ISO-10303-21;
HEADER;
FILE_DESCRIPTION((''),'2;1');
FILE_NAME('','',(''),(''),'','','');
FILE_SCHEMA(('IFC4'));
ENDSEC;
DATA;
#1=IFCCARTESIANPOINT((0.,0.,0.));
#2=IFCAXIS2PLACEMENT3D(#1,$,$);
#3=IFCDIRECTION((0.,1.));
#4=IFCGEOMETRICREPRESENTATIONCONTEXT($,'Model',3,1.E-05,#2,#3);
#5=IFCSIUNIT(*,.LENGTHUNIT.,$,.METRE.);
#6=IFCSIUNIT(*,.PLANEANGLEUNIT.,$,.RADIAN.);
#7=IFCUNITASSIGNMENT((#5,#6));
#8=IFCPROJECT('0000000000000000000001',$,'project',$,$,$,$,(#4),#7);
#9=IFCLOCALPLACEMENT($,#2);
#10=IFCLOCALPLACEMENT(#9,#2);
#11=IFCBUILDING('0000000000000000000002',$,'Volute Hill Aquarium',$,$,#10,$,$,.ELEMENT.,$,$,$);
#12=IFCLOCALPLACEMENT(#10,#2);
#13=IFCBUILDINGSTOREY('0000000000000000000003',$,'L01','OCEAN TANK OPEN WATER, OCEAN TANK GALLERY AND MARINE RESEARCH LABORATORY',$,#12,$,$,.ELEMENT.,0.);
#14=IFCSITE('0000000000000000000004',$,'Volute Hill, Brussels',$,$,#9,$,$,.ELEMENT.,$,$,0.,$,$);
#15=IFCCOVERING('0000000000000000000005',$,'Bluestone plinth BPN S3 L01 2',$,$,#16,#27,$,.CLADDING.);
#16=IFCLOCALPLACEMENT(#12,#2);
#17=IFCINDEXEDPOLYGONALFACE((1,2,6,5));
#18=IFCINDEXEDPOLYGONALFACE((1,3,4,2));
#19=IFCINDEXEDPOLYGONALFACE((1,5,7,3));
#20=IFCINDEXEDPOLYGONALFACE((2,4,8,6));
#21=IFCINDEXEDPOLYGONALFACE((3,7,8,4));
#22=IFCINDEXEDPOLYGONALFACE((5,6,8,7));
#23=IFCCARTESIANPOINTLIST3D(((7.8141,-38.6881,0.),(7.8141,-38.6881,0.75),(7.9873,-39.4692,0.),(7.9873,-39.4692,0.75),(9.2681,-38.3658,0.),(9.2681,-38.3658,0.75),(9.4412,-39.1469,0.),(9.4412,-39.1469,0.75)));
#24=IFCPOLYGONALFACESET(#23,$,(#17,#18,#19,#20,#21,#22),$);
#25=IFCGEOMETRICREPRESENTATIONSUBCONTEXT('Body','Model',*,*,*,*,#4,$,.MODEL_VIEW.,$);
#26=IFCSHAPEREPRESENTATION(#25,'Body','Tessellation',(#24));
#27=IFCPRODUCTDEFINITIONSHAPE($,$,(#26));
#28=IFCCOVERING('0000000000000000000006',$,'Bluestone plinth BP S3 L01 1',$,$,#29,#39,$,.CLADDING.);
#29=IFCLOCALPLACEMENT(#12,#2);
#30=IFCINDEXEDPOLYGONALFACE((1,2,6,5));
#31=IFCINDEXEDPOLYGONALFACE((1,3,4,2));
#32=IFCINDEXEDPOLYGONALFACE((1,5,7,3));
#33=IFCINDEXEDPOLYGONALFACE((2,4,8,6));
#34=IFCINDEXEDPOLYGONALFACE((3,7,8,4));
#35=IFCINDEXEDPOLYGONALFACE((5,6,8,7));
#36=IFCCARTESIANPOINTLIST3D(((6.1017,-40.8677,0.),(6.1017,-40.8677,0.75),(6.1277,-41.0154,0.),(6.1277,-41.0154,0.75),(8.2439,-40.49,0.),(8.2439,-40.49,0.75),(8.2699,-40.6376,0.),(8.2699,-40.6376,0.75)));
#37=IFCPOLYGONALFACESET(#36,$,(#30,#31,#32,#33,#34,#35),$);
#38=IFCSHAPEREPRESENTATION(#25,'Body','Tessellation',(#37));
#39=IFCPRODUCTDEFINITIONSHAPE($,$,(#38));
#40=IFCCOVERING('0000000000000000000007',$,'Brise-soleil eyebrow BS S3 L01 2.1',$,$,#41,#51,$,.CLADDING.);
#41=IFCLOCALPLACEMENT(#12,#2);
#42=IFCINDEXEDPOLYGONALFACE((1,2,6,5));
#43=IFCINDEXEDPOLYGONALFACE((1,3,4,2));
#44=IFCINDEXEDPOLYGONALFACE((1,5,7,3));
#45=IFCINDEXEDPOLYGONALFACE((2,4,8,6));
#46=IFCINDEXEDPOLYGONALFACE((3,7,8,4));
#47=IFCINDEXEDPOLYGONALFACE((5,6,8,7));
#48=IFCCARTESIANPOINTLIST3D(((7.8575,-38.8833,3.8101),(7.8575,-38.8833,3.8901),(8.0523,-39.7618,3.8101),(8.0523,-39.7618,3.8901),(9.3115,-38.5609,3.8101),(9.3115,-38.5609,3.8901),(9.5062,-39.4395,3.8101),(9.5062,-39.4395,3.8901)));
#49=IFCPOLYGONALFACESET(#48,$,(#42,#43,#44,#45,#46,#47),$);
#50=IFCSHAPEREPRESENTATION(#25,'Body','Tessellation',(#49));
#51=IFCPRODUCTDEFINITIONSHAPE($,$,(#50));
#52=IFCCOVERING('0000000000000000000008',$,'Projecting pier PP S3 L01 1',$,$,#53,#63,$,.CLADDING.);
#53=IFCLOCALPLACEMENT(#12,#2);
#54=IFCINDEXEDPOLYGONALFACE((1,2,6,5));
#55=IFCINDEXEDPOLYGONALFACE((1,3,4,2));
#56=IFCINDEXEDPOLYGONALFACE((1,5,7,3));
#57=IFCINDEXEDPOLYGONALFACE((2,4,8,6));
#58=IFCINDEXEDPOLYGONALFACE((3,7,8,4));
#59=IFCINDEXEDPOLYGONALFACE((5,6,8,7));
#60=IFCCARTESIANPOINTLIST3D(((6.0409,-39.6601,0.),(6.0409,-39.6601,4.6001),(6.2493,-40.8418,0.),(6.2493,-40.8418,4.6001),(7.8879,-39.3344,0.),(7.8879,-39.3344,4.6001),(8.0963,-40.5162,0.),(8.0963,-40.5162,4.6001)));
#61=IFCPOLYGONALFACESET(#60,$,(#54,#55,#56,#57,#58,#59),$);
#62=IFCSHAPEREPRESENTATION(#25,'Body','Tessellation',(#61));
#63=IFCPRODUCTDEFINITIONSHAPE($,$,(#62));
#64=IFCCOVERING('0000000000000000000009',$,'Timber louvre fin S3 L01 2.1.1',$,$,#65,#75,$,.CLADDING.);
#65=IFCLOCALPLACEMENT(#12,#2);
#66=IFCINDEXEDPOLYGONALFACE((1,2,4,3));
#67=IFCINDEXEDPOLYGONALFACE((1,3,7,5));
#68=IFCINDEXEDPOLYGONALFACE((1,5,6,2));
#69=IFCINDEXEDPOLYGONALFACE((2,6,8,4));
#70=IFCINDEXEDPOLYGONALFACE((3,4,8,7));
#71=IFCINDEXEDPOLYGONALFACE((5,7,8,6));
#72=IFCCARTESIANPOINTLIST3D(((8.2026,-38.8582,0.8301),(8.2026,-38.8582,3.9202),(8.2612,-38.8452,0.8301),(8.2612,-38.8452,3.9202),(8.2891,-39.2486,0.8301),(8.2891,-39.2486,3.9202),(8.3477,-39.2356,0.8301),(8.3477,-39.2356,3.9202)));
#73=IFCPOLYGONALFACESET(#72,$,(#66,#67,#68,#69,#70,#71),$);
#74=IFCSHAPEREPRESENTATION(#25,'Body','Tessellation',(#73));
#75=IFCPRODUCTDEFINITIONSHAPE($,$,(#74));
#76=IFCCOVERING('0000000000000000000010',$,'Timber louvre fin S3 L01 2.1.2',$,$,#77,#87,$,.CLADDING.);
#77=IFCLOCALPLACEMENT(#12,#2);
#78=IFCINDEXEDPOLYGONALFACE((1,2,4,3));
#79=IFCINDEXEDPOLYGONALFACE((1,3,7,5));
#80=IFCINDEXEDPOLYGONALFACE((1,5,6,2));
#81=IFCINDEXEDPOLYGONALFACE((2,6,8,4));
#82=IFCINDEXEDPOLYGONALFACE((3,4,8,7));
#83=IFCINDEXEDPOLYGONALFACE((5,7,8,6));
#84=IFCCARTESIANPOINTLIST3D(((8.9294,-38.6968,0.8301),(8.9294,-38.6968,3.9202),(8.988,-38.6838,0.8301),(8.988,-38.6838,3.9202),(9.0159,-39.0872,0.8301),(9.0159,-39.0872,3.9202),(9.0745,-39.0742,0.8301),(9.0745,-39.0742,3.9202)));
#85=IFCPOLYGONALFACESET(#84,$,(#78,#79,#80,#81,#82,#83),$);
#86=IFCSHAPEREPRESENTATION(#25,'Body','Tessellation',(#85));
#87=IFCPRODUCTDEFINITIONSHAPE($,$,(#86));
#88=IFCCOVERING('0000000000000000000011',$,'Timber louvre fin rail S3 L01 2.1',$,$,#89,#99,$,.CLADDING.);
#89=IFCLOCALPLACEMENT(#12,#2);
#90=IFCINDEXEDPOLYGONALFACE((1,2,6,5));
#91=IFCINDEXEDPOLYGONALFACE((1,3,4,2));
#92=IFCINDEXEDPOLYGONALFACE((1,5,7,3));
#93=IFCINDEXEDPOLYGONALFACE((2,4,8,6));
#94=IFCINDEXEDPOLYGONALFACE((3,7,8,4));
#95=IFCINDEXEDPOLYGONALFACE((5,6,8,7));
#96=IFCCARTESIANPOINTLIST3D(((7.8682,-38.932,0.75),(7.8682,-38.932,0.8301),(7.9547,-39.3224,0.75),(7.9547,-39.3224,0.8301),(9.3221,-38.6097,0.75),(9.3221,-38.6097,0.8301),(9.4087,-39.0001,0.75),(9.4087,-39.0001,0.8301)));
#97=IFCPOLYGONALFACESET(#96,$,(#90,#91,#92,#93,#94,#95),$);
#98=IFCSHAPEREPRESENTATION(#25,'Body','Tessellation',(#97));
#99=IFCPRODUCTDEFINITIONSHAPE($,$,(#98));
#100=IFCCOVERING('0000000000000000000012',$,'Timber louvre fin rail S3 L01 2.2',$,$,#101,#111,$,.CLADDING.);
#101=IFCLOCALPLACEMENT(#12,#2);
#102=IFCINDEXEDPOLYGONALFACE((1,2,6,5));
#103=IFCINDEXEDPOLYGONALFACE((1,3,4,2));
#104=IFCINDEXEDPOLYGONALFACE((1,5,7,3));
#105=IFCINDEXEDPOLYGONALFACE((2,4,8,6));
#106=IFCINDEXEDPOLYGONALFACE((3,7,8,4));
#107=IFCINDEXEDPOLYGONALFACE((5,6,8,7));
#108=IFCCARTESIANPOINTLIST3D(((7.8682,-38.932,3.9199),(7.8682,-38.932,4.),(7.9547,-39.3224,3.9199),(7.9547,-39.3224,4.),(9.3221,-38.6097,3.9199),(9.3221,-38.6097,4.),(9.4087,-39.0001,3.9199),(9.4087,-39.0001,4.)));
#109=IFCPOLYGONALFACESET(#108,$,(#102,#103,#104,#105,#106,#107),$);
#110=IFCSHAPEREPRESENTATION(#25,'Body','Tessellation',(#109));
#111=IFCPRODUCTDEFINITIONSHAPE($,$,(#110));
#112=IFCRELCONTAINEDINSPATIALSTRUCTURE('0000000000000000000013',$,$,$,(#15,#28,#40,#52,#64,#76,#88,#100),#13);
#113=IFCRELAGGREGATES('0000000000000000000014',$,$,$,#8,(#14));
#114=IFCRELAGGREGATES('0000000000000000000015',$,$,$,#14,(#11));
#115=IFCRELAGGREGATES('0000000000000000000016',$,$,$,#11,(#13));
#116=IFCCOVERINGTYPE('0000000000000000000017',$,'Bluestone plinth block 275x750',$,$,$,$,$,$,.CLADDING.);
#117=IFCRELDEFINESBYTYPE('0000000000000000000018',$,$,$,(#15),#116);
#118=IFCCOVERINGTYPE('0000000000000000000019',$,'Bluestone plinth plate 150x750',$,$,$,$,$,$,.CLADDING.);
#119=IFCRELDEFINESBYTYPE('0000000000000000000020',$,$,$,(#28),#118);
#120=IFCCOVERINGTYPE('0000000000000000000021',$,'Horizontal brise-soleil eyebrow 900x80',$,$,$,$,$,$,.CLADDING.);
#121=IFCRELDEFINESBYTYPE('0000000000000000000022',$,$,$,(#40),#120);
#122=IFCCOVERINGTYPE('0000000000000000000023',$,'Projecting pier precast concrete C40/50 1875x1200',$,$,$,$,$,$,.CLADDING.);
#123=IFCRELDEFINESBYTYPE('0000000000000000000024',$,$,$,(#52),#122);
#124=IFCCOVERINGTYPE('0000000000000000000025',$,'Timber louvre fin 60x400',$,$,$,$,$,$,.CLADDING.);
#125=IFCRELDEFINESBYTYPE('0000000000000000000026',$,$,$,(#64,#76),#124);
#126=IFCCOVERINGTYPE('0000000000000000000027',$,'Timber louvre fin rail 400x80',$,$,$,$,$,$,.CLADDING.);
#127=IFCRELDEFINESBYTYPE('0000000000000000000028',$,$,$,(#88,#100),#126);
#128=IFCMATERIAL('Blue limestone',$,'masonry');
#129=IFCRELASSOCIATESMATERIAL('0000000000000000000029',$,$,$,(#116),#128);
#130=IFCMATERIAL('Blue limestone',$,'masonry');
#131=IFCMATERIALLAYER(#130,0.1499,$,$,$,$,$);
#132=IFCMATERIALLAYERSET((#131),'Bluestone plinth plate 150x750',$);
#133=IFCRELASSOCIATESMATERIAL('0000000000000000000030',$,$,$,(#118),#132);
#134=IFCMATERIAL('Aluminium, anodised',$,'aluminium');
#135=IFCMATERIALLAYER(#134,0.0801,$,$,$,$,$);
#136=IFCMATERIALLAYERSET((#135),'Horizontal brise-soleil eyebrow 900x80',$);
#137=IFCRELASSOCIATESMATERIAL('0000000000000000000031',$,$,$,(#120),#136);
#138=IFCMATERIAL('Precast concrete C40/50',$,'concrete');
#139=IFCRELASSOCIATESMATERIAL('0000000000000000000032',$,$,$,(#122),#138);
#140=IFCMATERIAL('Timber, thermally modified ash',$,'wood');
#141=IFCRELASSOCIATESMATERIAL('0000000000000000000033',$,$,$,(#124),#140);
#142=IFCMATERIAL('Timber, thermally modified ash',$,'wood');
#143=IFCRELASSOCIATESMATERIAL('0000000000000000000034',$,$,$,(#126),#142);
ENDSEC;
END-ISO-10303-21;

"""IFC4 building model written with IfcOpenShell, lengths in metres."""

from ifc_helpers import new_model, si_unit, direction, frame, origin, origin_2d, place, context, subcontext, project, spatial, rectangle, extrude, material, layer, layer_set, type_object, element, save


model = new_model("IFC4")

# Units and contexts
model_context = context("Model", 3, precision=1e-05, world=origin(), true_north=direction((0.0, 1.0)))
body_context = subcontext(model_context, "Body", "Model", "MODEL_VIEW")
ifc_project = project(units=[si_unit("LENGTHUNIT", "METRE"), si_unit("PLANEANGLEUNIT", "RADIAN")], contexts=[model_context])

# Site, building, storey
site_placement = place(None, origin())
site = spatial("IfcSite", under=ifc_project, at=site_placement, Name="Volute Hill, Brussels", CompositionType="ELEMENT", RefElevation=0.0)
building_placement = place(site_placement, origin())
building = spatial("IfcBuilding", under=site, at=building_placement, Name="Volute Hill Aquarium", CompositionType="ELEMENT")
storey_placement = place(building_placement, origin())
storey = spatial("IfcBuildingStorey", under=building, at=storey_placement, Name="L01", Description="OCEAN TANK OPEN WATER, OCEAN TANK GALLERY AND MARINE RESEARCH LABORATORY", CompositionType="ELEMENT", Elevation=0.0)

# Coverings
ifc_material_1 = material(Name="Blue limestone", Category="masonry")
covering_type_1 = type_object("IfcCoveringType", Name="Bluestone plinth block 275x750", PredefinedType="CLADDING", material=ifc_material_1)
covering_1_placement = place(storey_placement, frame((8.6277, -38.9175, 0.0), z_axis=(0.0, 0.0, 1.0), x_axis=(0.976297, 0.216435, 0.0)))
element("IfcCovering", 1, at=covering_1_placement, inside=storey, type_object=covering_type_1, Name="Bluestone plinth BPN S3 L01 2", PredefinedType="CLADDING", context=body_context, shape_type="SweptSolid", body=[
    extrude(rectangle(XDim=1.4893, YDim=0.8, at=origin_2d()), origin(), (0.0, 0.0, 1.0), 0.75),
])
ifc_material_2 = material(Name="Blue limestone", Category="masonry")
ifc_layer_1 = layer(ifc_material_2, 0.1499)
ifc_layer_set_1 = layer_set([ifc_layer_1], Name="Bluestone plinth plate 150x750")
covering_type_2 = type_object("IfcCoveringType", Name="Bluestone plinth plate 150x750", PredefinedType="CLADDING", material=ifc_layer_set_1)
covering_2_placement = place(storey_placement, frame((7.1858, -40.7527, 0.0), z_axis=(0.0, 0.0, 1.0), x_axis=(0.984808, 0.173648, 0.0)))
element("IfcCovering", 2, at=covering_2_placement, inside=storey, type_object=covering_type_2, Name="Bluestone plinth BP S3 L01 1", PredefinedType="CLADDING", context=body_context, shape_type="SweptSolid", body=[
    extrude(rectangle(XDim=2.1753, YDim=0.1499, at=origin_2d()), origin(), (0.0, 0.0, 1.0), 0.75),
])
ifc_material_3 = material(Name="Aluminium, anodised", Category="aluminium")
ifc_layer_2 = layer(ifc_material_3, 0.0801)
ifc_layer_set_2 = layer_set([ifc_layer_2], Name="Horizontal brise-soleil eyebrow 900x80")
covering_type_3 = type_object("IfcCoveringType", Name="Horizontal brise-soleil eyebrow 900x80", PredefinedType="CLADDING", material=ifc_layer_set_2)
covering_3_placement = place(storey_placement, frame((8.6819, -39.1614, 3.8101), z_axis=(0.0, 0.0, 1.0), x_axis=(0.976297, 0.216435, 0.0)))
element("IfcCovering", 3, at=covering_3_placement, inside=storey, type_object=covering_type_3, Name="Brise-soleil eyebrow BS S3 L01 2.1", PredefinedType="CLADDING", context=body_context, shape_type="SweptSolid", body=[
    extrude(rectangle(XDim=1.4893, YDim=0.8999, at=origin_2d()), origin(), (0.0, 0.0, 1.0), 0.0801),
])
ifc_material_4 = material(Name="Precast concrete C40/50", Category="concrete")
covering_type_4 = type_object("IfcCoveringType", Name="Projecting pier precast concrete C40/50 1875x1200", PredefinedType="CLADDING", material=ifc_material_4)
covering_4_placement = place(storey_placement, frame((7.0686, -40.0881, 0.0), z_axis=(0.0, 0.0, 1.0), x_axis=(0.984808, 0.173648, 0.0)))
element("IfcCovering", 4, at=covering_4_placement, inside=storey, type_object=covering_type_4, Name="Projecting pier PP S3 L01 1", PredefinedType="CLADDING", context=body_context, shape_type="SweptSolid", body=[
    extrude(rectangle(XDim=1.8755, YDim=1.2, at=origin_2d()), origin(), (0.0, 0.0, 1.0), 4.6001),
])
ifc_material_5 = material(Name="Timber, thermally modified ash", Category="wood")
covering_type_5 = type_object("IfcCoveringType", Name="Timber louvre fin 60x400", PredefinedType="CLADDING", material=ifc_material_5)
for number, where, z_axis, x_axis, name in (
    (5, (8.2751, -39.0469, 0.8301), (0.0, 0.0, 1.0), (0.976297, 0.216435, 0.0), "Timber louvre fin S3 L01 2.1.1"),
    (6, (9.002, -38.8855, 0.8301), (0.0, 0.0, 1.0), (0.976297, 0.216435, 0.0), "Timber louvre fin S3 L01 2.1.2"),
):
    element("IfcCovering", number, at=place(storey_placement, frame(where, z_axis=z_axis, x_axis=x_axis)), inside=storey, type_object=covering_type_5, Name=name, PredefinedType="CLADDING", context=body_context, shape_type="SweptSolid", body=[
        extrude(rectangle(XDim=0.0601, YDim=0.3999, at=origin_2d()), origin(), (0.0, 0.0, 1.0), 3.0901),
    ])
ifc_material_6 = material(Name="Timber, thermally modified ash", Category="wood")
covering_type_6 = type_object("IfcCoveringType", Name="Timber louvre fin rail 400x80", PredefinedType="CLADDING", material=ifc_material_6)
for number, where, z_axis, x_axis, name in (
    (7, (8.6384, -38.9661, 0.75), (0.0, 0.0, 1.0), (0.976297, 0.216435, 0.0), "Timber louvre fin rail S3 L01 2.1"),
    (8, (8.6384, -38.9661, 3.9199), (0.0, 0.0, 1.0), (0.976297, 0.216435, 0.0), "Timber louvre fin rail S3 L01 2.2"),
):
    element("IfcCovering", number, at=place(storey_placement, frame(where, z_axis=z_axis, x_axis=x_axis)), inside=storey, type_object=covering_type_6, Name=name, PredefinedType="CLADDING", context=body_context, shape_type="SweptSolid", body=[
        extrude(rectangle(XDim=1.4893, YDim=0.3999, at=origin_2d()), origin(), (0.0, 0.0, 1.0), 0.0801),
    ])

save(model, "model.ifc")
